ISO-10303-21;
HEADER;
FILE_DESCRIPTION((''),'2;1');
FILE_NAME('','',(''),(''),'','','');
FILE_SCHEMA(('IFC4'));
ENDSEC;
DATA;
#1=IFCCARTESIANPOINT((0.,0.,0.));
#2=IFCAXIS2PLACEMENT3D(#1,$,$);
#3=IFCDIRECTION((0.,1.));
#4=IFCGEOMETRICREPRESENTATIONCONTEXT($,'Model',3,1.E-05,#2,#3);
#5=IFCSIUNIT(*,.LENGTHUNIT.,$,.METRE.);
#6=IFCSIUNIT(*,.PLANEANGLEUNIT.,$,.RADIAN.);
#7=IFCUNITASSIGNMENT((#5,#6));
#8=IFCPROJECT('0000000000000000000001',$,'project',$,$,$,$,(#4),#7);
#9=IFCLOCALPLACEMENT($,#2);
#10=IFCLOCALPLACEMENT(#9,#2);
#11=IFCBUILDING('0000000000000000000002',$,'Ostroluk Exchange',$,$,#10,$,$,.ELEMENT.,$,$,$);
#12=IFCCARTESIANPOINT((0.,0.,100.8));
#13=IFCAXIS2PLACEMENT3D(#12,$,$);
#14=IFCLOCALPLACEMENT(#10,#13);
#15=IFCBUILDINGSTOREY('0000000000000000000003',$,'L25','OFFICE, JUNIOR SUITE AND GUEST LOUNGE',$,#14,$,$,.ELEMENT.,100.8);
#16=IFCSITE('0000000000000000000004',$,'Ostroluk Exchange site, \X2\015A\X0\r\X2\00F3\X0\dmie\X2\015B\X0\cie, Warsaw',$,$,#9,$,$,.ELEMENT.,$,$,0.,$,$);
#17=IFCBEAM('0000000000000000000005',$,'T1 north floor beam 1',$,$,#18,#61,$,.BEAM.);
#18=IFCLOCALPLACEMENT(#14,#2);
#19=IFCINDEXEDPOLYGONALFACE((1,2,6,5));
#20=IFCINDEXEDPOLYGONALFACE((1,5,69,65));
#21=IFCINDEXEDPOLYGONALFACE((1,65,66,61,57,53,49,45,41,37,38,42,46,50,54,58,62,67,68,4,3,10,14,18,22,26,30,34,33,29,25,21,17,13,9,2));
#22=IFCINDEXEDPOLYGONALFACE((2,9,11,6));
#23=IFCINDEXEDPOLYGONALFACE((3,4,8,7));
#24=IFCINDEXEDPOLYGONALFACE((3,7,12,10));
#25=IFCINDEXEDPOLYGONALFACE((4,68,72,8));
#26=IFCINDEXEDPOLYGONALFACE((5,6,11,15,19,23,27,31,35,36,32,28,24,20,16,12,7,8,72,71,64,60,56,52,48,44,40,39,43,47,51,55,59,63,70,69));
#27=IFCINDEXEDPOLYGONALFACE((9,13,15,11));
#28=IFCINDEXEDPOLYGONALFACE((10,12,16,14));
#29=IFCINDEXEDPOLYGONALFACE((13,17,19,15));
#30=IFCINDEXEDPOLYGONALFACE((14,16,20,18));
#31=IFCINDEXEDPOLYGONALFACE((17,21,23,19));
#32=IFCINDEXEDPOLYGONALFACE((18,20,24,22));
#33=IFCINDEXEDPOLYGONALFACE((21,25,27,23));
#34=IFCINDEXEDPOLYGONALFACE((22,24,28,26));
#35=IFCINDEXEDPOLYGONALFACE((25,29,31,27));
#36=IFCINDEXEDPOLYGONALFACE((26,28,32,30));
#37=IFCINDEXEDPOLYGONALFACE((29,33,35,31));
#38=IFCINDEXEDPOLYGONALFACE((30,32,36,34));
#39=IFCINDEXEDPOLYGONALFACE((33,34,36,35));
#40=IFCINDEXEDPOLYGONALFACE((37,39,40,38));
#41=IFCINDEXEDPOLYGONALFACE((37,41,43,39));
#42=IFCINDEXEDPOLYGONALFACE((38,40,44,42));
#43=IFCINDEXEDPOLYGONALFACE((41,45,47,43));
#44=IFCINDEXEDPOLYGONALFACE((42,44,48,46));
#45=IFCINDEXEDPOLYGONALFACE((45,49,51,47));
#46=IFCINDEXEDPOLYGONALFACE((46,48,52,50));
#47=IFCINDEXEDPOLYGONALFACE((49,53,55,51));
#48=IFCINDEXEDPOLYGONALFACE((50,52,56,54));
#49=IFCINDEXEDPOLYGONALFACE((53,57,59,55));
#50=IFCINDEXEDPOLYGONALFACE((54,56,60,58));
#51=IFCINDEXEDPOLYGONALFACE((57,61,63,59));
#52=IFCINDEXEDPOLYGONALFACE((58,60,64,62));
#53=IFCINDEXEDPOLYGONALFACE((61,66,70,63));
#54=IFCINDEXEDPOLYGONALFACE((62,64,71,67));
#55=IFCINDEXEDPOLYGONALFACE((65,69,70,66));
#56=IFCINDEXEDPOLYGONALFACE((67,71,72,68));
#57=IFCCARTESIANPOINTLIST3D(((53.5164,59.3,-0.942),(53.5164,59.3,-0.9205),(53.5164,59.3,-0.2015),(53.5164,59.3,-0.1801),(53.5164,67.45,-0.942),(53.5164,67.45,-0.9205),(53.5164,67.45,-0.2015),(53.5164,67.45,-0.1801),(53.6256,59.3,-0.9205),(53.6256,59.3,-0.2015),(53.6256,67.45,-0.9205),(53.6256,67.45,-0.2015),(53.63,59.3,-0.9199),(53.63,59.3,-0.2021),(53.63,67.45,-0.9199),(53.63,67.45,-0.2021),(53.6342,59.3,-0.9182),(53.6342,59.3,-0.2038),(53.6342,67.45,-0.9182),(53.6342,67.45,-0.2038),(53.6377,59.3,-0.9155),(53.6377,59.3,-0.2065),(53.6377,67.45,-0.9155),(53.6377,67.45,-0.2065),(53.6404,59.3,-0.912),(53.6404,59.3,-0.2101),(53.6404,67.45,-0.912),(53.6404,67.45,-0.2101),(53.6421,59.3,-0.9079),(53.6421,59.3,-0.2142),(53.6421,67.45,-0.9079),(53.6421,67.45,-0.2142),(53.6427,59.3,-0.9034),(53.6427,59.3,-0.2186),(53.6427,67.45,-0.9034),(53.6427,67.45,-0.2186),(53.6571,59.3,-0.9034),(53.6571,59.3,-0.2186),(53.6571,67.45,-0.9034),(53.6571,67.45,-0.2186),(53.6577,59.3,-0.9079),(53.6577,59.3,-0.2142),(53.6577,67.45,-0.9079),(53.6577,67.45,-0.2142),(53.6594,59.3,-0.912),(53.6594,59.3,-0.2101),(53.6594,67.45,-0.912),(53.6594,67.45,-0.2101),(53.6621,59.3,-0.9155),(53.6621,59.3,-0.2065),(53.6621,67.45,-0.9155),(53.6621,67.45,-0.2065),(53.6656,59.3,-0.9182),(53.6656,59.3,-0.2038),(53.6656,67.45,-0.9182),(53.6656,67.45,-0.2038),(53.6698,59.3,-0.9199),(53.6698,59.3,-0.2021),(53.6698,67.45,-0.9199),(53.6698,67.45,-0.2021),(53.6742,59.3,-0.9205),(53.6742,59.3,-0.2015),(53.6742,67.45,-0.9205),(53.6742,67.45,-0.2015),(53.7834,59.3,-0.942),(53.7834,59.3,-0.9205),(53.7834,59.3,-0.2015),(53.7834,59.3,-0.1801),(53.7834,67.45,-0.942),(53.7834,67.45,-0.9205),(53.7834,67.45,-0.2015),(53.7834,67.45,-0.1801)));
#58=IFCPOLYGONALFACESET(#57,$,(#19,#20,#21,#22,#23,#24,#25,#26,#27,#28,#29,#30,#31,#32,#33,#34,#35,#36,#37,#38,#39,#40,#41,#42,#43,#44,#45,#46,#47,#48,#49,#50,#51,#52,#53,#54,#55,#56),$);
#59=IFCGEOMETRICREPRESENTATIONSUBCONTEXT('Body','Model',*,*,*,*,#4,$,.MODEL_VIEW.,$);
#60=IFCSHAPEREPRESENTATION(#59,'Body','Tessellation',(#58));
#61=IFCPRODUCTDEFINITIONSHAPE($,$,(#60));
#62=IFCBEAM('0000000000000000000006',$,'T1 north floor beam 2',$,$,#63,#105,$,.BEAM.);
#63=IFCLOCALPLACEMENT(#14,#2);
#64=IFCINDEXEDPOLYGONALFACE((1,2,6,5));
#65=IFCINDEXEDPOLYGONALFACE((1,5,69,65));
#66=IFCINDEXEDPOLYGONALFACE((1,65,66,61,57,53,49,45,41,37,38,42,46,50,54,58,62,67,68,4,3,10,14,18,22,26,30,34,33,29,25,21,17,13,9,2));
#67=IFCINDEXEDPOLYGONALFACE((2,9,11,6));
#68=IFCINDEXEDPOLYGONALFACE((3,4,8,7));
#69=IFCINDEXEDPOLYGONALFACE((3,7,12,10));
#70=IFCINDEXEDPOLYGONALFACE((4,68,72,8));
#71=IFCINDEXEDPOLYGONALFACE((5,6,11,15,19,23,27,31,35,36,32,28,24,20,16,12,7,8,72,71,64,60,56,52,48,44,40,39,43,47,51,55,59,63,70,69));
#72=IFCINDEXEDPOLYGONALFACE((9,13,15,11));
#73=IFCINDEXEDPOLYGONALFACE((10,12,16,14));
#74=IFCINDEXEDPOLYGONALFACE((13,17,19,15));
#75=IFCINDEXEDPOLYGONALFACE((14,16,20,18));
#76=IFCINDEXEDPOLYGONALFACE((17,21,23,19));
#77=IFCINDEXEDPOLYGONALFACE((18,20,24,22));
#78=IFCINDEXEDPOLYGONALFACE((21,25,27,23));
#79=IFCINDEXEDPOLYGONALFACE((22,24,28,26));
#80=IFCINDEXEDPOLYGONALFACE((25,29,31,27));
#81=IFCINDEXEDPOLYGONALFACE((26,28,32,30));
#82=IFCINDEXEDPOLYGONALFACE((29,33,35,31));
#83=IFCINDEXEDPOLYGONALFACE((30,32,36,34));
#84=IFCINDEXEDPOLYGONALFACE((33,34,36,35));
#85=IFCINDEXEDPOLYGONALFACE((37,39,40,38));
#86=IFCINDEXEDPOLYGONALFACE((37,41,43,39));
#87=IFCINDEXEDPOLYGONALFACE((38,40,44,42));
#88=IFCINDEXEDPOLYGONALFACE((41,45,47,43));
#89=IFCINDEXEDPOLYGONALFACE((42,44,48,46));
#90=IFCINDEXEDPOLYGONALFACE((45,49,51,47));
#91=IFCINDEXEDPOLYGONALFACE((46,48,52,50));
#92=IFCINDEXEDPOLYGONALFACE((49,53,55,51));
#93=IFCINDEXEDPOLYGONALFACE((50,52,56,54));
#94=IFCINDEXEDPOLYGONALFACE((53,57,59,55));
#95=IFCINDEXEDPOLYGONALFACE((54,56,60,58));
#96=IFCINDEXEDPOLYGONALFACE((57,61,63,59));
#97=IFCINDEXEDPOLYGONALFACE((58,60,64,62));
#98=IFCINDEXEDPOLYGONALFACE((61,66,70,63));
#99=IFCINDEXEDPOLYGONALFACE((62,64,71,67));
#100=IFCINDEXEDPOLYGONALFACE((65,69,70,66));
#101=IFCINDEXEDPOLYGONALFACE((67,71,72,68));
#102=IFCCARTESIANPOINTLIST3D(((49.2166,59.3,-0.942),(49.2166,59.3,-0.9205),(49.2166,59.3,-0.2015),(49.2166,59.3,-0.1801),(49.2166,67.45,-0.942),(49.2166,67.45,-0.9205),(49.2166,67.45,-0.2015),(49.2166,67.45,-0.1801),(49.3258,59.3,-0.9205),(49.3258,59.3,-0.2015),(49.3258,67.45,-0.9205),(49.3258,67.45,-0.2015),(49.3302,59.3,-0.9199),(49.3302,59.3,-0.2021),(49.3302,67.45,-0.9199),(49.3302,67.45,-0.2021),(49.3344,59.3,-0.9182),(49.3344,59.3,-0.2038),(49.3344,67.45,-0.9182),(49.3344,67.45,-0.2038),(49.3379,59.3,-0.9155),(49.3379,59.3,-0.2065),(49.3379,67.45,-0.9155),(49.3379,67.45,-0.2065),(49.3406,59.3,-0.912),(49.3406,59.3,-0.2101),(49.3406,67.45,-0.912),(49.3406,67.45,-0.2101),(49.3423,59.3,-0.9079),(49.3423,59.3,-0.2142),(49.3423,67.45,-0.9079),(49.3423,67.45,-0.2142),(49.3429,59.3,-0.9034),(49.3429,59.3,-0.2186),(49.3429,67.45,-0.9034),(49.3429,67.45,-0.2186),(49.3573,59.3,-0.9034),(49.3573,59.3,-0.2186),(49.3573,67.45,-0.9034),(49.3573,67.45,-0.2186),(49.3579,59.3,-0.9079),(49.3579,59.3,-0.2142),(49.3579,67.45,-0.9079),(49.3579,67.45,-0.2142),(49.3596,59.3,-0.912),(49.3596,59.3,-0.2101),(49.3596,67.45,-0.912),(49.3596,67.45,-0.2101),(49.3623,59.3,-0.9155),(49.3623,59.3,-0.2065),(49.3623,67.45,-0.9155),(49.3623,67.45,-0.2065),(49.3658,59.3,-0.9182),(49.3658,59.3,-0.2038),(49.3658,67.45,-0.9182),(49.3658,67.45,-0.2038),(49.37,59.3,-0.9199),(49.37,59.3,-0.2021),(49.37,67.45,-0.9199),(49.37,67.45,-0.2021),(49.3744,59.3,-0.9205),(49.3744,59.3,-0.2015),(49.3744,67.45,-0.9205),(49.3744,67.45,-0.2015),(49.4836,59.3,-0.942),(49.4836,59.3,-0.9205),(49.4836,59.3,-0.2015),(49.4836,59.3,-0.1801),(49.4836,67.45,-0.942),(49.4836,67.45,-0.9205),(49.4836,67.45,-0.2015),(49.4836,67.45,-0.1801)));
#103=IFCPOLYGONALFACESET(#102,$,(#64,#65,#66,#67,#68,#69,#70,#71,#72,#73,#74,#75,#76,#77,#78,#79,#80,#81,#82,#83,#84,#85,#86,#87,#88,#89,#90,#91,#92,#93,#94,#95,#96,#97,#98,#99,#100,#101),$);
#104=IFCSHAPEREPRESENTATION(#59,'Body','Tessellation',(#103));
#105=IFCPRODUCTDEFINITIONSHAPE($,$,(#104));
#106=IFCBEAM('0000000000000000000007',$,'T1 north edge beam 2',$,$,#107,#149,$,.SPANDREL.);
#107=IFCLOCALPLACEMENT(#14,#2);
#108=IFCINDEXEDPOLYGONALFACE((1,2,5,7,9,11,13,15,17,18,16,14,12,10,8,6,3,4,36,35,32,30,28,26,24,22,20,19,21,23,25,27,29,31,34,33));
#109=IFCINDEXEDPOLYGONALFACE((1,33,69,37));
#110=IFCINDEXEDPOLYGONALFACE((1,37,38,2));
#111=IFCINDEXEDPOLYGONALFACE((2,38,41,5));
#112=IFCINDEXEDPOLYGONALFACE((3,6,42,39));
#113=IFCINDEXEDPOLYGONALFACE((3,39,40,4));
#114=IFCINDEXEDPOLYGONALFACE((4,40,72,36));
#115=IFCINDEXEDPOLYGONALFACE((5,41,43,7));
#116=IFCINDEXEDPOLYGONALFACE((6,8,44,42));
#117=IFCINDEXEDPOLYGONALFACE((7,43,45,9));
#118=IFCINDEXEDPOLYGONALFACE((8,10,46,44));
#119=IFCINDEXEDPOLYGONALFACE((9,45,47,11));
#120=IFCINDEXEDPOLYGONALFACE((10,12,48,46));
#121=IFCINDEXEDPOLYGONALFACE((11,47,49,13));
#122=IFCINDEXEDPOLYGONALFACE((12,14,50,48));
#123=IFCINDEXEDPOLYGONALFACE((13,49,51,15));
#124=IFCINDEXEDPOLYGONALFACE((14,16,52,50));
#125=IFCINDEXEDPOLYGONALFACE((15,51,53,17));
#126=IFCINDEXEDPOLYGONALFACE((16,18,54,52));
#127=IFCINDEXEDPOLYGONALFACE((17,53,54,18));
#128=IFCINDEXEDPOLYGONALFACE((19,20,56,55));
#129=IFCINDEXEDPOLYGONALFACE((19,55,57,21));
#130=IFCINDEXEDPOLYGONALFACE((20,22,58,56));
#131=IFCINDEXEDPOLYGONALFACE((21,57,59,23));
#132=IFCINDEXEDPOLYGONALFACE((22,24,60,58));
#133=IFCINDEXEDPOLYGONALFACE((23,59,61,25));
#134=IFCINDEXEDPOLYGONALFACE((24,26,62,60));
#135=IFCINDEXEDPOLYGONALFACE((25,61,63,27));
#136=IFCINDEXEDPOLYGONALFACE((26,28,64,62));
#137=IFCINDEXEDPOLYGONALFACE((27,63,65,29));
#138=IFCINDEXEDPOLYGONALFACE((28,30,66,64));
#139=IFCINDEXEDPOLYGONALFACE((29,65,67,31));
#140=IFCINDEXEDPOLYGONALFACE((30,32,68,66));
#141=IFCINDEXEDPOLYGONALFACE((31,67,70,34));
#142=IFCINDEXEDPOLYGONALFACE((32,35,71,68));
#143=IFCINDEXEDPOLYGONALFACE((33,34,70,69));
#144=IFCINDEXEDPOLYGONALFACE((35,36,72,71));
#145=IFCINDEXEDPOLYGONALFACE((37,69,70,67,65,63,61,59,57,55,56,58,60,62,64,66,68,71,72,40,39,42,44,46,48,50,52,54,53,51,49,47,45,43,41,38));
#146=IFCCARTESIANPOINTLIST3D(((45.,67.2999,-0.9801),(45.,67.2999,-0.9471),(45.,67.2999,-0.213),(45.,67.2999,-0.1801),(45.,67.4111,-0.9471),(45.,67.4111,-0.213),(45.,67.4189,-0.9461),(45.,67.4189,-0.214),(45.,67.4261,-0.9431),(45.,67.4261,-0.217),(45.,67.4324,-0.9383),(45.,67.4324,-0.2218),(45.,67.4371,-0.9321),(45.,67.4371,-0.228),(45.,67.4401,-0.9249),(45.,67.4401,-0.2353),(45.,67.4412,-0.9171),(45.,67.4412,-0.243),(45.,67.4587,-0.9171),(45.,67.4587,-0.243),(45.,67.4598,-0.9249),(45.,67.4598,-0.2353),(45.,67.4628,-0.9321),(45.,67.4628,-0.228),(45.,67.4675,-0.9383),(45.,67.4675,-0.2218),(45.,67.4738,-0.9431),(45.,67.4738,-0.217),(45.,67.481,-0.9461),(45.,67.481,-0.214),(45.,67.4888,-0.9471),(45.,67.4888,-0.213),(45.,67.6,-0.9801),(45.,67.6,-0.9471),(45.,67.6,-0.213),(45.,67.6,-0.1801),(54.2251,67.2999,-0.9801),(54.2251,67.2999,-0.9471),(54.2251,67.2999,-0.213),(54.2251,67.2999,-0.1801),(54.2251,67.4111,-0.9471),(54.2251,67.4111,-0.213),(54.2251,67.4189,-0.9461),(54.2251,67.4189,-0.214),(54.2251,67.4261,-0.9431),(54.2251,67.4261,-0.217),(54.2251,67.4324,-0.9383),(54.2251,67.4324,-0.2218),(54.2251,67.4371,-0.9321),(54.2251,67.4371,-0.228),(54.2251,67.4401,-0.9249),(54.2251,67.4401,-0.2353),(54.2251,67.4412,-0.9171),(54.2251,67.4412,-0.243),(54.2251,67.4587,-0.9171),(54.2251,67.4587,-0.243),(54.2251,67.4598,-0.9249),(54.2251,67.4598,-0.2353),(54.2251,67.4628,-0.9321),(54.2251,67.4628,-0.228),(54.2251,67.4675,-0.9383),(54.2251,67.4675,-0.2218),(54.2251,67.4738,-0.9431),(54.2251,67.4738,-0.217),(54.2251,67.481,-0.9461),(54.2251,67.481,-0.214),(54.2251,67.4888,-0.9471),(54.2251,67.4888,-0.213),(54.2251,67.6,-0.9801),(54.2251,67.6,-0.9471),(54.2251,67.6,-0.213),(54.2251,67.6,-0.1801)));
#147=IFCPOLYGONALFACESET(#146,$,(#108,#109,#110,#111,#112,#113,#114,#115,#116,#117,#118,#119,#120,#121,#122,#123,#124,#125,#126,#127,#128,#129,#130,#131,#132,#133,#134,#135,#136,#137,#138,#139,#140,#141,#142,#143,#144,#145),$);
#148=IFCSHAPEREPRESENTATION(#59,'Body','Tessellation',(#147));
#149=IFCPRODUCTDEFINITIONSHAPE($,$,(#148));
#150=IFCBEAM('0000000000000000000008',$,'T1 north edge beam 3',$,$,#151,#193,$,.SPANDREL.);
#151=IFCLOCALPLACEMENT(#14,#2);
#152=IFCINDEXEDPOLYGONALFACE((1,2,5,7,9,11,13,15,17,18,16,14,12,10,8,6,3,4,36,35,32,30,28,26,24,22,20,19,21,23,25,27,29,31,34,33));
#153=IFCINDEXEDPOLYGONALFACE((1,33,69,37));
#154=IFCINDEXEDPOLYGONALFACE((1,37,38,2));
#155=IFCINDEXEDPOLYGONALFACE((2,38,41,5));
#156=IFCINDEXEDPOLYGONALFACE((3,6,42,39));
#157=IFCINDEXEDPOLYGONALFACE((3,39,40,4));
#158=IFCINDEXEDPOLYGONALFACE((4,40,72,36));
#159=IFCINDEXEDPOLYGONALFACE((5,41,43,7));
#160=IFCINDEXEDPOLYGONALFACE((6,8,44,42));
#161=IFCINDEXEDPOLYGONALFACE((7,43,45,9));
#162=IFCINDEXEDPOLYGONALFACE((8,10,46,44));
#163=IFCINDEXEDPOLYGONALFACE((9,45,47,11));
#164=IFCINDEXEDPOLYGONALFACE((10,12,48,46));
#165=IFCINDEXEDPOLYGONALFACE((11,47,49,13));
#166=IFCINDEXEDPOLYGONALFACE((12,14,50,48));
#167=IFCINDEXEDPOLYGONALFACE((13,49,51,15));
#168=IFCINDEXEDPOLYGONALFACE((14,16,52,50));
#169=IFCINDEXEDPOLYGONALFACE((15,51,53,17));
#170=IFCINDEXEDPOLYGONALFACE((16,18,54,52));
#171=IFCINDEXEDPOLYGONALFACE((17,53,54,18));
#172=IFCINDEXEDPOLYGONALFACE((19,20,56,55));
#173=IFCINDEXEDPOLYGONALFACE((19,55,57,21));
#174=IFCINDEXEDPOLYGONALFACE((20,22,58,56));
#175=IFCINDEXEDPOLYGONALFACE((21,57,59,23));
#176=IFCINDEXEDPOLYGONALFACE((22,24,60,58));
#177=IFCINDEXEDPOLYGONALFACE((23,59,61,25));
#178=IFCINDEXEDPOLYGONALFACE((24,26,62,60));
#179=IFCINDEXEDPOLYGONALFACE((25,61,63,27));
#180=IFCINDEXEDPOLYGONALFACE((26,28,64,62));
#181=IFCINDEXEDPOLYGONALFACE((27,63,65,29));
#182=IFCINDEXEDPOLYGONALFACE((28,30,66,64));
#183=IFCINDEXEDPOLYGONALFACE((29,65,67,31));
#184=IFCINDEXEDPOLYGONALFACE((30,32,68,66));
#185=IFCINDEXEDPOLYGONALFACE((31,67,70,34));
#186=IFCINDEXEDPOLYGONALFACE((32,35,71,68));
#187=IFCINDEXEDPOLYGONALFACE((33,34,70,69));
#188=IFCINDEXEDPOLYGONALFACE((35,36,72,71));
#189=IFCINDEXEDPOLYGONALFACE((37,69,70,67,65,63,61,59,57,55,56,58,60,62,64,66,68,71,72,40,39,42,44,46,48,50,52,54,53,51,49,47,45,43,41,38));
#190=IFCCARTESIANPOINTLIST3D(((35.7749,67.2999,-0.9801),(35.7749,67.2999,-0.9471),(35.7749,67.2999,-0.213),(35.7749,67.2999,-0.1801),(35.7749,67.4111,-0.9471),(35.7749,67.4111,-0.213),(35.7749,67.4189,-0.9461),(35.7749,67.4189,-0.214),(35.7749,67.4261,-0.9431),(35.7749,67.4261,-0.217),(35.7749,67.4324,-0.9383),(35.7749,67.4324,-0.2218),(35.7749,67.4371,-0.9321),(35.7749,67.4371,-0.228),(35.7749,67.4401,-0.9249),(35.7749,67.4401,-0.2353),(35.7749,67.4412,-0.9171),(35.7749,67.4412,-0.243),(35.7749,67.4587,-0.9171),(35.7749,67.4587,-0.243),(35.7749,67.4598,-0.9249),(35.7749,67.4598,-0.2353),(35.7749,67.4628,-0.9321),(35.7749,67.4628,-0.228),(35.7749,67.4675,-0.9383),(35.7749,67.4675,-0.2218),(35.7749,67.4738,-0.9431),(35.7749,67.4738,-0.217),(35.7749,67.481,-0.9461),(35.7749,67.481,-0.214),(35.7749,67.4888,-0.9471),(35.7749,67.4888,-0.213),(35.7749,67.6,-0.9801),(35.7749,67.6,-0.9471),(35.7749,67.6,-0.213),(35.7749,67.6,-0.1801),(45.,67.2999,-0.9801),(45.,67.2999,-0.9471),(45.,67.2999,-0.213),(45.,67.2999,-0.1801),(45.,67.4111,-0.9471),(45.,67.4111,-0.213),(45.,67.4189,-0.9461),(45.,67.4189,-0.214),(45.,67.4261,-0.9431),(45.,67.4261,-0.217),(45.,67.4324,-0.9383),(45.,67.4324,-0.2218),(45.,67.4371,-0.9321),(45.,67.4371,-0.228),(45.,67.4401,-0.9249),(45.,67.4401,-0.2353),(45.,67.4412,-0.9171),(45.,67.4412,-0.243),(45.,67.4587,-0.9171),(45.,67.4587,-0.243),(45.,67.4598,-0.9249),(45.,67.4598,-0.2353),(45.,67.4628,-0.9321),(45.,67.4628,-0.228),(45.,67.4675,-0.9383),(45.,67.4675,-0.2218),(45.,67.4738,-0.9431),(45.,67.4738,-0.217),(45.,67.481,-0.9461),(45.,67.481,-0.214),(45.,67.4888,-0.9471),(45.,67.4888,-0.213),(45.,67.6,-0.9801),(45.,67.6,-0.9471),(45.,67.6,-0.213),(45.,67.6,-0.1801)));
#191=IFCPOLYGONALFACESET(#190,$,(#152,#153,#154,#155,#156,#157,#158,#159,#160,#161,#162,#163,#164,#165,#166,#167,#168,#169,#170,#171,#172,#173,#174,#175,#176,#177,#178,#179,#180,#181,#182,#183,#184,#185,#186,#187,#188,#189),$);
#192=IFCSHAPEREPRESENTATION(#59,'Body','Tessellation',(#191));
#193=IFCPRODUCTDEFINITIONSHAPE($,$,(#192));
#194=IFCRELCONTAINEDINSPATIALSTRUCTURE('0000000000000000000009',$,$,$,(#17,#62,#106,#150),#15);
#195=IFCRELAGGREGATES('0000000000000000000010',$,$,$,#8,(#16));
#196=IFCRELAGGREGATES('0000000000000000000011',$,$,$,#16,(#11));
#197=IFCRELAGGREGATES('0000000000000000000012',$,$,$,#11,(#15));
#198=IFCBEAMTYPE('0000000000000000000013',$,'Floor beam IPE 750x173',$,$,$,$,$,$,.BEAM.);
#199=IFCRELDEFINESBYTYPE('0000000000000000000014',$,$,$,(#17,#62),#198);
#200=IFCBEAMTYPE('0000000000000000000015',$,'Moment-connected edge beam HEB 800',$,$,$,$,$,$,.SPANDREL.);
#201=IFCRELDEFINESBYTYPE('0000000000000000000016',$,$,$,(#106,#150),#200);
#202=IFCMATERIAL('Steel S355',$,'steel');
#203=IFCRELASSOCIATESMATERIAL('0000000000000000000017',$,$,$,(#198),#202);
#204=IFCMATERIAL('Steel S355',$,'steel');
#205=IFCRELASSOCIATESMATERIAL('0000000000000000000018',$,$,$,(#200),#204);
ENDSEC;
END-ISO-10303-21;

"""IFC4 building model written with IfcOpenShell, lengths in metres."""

from ifc_helpers import new_model, si_unit, direction, frame, origin, origin_2d, place, context, subcontext, project, spatial, i_section, extrude, material, material_profile, profile_set, type_object, element, save


model = new_model("IFC4")

# Units and contexts
model_context = context("Model", 3, precision=1e-05, world=origin(), true_north=direction((0.0, 1.0)))
body_context = subcontext(model_context, "Body", "Model", "MODEL_VIEW")
ifc_project = project(units=[si_unit("LENGTHUNIT", "METRE"), si_unit("PLANEANGLEUNIT", "RADIAN")], contexts=[model_context])

# Site, building, storey
site_placement = place(None, origin())
site = spatial("IfcSite", under=ifc_project, at=site_placement, Name="Ostroluk Exchange site, Śródmieście, Warsaw", CompositionType="ELEMENT", RefElevation=0.0)
building_placement = place(site_placement, origin())
building = spatial("IfcBuilding", under=site, at=building_placement, Name="Ostroluk Exchange", CompositionType="ELEMENT")
storey_placement = place(building_placement, frame((0.0, 0.0, 100.8)))
storey = spatial("IfcBuildingStorey", under=building, at=storey_placement, Name="L25", Description="OFFICE, JUNIOR SUITE AND GUEST LOUNGE", CompositionType="ELEMENT", Elevation=100.8)

# Beams
ifc_material_1 = material(Name="Steel S355", Category="steel")
ifc_material_profile_1 = material_profile(ifc_material_1, i_section(OverallWidth=0.2671, OverallDepth=0.762, WebThickness=0.0144, FlangeThickness=0.0215, FilletRadius=0.0171, at=origin_2d()), Name="IPE 750x173")
ifc_profile_set_1 = profile_set([ifc_material_profile_1], Name="Steel S355")
beam_type_1 = type_object("IfcBeamType", Name="Floor beam IPE 750x173", PredefinedType="BEAM", material=ifc_profile_set_1)
for number, where, z_axis, x_axis, name in (
    (1, (53.6499, 59.3, -0.561), (0.0, 1.0, 0.0), (-1.0, 0.0, 0.0), "T1 north floor beam 1"),
    (2, (49.3501, 59.3, -0.561), (0.0, 1.0, 0.0), (-1.0, 0.0, 0.0), "T1 north floor beam 2"),
):
    element("IfcBeam", number, at=place(storey_placement, frame(where, z_axis=z_axis, x_axis=x_axis)), inside=storey, type_object=beam_type_1, Name=name, PredefinedType="BEAM", context=body_context, shape_type="SweptSolid", body=[
        extrude(i_section(OverallWidth=0.2671, OverallDepth=0.762, WebThickness=0.0144, FlangeThickness=0.0215, FilletRadius=0.0171, at=origin_2d()), origin(), (0.0, 0.0, 1.0), 8.1499),
    ])
ifc_material_2 = material(Name="Steel S355", Category="steel")
ifc_material_profile_2 = material_profile(ifc_material_2, i_section(OverallWidth=0.3, OverallDepth=0.8, WebThickness=0.0176, FlangeThickness=0.033, FilletRadius=0.03, at=origin_2d()), Name="HEB 800")
ifc_profile_set_2 = profile_set([ifc_material_profile_2], Name="Steel S355")
beam_type_2 = type_object("IfcBeamType", Name="Moment-connected edge beam HEB 800", PredefinedType="SPANDREL", material=ifc_profile_set_2)
for number, where, z_axis, x_axis, name in (
    (3, (54.2251, 67.45, -0.5801), (-1.0, 0.0, 0.0), (0.0, -1.0, 0.0), "T1 north edge beam 2"),
    (4, (45.0, 67.45, -0.5801), (-1.0, 0.0, 0.0), (0.0, -1.0, 0.0), "T1 north edge beam 3"),
):
    element("IfcBeam", number, at=place(storey_placement, frame(where, z_axis=z_axis, x_axis=x_axis)), inside=storey, type_object=beam_type_2, Name=name, PredefinedType="SPANDREL", context=body_context, shape_type="SweptSolid", body=[
        extrude(i_section(OverallWidth=0.3, OverallDepth=0.8, WebThickness=0.0176, FlangeThickness=0.033, FilletRadius=0.03, at=origin_2d()), origin(), (0.0, 0.0, 1.0), 9.2251),
    ])

save(model, "model.ifc")
